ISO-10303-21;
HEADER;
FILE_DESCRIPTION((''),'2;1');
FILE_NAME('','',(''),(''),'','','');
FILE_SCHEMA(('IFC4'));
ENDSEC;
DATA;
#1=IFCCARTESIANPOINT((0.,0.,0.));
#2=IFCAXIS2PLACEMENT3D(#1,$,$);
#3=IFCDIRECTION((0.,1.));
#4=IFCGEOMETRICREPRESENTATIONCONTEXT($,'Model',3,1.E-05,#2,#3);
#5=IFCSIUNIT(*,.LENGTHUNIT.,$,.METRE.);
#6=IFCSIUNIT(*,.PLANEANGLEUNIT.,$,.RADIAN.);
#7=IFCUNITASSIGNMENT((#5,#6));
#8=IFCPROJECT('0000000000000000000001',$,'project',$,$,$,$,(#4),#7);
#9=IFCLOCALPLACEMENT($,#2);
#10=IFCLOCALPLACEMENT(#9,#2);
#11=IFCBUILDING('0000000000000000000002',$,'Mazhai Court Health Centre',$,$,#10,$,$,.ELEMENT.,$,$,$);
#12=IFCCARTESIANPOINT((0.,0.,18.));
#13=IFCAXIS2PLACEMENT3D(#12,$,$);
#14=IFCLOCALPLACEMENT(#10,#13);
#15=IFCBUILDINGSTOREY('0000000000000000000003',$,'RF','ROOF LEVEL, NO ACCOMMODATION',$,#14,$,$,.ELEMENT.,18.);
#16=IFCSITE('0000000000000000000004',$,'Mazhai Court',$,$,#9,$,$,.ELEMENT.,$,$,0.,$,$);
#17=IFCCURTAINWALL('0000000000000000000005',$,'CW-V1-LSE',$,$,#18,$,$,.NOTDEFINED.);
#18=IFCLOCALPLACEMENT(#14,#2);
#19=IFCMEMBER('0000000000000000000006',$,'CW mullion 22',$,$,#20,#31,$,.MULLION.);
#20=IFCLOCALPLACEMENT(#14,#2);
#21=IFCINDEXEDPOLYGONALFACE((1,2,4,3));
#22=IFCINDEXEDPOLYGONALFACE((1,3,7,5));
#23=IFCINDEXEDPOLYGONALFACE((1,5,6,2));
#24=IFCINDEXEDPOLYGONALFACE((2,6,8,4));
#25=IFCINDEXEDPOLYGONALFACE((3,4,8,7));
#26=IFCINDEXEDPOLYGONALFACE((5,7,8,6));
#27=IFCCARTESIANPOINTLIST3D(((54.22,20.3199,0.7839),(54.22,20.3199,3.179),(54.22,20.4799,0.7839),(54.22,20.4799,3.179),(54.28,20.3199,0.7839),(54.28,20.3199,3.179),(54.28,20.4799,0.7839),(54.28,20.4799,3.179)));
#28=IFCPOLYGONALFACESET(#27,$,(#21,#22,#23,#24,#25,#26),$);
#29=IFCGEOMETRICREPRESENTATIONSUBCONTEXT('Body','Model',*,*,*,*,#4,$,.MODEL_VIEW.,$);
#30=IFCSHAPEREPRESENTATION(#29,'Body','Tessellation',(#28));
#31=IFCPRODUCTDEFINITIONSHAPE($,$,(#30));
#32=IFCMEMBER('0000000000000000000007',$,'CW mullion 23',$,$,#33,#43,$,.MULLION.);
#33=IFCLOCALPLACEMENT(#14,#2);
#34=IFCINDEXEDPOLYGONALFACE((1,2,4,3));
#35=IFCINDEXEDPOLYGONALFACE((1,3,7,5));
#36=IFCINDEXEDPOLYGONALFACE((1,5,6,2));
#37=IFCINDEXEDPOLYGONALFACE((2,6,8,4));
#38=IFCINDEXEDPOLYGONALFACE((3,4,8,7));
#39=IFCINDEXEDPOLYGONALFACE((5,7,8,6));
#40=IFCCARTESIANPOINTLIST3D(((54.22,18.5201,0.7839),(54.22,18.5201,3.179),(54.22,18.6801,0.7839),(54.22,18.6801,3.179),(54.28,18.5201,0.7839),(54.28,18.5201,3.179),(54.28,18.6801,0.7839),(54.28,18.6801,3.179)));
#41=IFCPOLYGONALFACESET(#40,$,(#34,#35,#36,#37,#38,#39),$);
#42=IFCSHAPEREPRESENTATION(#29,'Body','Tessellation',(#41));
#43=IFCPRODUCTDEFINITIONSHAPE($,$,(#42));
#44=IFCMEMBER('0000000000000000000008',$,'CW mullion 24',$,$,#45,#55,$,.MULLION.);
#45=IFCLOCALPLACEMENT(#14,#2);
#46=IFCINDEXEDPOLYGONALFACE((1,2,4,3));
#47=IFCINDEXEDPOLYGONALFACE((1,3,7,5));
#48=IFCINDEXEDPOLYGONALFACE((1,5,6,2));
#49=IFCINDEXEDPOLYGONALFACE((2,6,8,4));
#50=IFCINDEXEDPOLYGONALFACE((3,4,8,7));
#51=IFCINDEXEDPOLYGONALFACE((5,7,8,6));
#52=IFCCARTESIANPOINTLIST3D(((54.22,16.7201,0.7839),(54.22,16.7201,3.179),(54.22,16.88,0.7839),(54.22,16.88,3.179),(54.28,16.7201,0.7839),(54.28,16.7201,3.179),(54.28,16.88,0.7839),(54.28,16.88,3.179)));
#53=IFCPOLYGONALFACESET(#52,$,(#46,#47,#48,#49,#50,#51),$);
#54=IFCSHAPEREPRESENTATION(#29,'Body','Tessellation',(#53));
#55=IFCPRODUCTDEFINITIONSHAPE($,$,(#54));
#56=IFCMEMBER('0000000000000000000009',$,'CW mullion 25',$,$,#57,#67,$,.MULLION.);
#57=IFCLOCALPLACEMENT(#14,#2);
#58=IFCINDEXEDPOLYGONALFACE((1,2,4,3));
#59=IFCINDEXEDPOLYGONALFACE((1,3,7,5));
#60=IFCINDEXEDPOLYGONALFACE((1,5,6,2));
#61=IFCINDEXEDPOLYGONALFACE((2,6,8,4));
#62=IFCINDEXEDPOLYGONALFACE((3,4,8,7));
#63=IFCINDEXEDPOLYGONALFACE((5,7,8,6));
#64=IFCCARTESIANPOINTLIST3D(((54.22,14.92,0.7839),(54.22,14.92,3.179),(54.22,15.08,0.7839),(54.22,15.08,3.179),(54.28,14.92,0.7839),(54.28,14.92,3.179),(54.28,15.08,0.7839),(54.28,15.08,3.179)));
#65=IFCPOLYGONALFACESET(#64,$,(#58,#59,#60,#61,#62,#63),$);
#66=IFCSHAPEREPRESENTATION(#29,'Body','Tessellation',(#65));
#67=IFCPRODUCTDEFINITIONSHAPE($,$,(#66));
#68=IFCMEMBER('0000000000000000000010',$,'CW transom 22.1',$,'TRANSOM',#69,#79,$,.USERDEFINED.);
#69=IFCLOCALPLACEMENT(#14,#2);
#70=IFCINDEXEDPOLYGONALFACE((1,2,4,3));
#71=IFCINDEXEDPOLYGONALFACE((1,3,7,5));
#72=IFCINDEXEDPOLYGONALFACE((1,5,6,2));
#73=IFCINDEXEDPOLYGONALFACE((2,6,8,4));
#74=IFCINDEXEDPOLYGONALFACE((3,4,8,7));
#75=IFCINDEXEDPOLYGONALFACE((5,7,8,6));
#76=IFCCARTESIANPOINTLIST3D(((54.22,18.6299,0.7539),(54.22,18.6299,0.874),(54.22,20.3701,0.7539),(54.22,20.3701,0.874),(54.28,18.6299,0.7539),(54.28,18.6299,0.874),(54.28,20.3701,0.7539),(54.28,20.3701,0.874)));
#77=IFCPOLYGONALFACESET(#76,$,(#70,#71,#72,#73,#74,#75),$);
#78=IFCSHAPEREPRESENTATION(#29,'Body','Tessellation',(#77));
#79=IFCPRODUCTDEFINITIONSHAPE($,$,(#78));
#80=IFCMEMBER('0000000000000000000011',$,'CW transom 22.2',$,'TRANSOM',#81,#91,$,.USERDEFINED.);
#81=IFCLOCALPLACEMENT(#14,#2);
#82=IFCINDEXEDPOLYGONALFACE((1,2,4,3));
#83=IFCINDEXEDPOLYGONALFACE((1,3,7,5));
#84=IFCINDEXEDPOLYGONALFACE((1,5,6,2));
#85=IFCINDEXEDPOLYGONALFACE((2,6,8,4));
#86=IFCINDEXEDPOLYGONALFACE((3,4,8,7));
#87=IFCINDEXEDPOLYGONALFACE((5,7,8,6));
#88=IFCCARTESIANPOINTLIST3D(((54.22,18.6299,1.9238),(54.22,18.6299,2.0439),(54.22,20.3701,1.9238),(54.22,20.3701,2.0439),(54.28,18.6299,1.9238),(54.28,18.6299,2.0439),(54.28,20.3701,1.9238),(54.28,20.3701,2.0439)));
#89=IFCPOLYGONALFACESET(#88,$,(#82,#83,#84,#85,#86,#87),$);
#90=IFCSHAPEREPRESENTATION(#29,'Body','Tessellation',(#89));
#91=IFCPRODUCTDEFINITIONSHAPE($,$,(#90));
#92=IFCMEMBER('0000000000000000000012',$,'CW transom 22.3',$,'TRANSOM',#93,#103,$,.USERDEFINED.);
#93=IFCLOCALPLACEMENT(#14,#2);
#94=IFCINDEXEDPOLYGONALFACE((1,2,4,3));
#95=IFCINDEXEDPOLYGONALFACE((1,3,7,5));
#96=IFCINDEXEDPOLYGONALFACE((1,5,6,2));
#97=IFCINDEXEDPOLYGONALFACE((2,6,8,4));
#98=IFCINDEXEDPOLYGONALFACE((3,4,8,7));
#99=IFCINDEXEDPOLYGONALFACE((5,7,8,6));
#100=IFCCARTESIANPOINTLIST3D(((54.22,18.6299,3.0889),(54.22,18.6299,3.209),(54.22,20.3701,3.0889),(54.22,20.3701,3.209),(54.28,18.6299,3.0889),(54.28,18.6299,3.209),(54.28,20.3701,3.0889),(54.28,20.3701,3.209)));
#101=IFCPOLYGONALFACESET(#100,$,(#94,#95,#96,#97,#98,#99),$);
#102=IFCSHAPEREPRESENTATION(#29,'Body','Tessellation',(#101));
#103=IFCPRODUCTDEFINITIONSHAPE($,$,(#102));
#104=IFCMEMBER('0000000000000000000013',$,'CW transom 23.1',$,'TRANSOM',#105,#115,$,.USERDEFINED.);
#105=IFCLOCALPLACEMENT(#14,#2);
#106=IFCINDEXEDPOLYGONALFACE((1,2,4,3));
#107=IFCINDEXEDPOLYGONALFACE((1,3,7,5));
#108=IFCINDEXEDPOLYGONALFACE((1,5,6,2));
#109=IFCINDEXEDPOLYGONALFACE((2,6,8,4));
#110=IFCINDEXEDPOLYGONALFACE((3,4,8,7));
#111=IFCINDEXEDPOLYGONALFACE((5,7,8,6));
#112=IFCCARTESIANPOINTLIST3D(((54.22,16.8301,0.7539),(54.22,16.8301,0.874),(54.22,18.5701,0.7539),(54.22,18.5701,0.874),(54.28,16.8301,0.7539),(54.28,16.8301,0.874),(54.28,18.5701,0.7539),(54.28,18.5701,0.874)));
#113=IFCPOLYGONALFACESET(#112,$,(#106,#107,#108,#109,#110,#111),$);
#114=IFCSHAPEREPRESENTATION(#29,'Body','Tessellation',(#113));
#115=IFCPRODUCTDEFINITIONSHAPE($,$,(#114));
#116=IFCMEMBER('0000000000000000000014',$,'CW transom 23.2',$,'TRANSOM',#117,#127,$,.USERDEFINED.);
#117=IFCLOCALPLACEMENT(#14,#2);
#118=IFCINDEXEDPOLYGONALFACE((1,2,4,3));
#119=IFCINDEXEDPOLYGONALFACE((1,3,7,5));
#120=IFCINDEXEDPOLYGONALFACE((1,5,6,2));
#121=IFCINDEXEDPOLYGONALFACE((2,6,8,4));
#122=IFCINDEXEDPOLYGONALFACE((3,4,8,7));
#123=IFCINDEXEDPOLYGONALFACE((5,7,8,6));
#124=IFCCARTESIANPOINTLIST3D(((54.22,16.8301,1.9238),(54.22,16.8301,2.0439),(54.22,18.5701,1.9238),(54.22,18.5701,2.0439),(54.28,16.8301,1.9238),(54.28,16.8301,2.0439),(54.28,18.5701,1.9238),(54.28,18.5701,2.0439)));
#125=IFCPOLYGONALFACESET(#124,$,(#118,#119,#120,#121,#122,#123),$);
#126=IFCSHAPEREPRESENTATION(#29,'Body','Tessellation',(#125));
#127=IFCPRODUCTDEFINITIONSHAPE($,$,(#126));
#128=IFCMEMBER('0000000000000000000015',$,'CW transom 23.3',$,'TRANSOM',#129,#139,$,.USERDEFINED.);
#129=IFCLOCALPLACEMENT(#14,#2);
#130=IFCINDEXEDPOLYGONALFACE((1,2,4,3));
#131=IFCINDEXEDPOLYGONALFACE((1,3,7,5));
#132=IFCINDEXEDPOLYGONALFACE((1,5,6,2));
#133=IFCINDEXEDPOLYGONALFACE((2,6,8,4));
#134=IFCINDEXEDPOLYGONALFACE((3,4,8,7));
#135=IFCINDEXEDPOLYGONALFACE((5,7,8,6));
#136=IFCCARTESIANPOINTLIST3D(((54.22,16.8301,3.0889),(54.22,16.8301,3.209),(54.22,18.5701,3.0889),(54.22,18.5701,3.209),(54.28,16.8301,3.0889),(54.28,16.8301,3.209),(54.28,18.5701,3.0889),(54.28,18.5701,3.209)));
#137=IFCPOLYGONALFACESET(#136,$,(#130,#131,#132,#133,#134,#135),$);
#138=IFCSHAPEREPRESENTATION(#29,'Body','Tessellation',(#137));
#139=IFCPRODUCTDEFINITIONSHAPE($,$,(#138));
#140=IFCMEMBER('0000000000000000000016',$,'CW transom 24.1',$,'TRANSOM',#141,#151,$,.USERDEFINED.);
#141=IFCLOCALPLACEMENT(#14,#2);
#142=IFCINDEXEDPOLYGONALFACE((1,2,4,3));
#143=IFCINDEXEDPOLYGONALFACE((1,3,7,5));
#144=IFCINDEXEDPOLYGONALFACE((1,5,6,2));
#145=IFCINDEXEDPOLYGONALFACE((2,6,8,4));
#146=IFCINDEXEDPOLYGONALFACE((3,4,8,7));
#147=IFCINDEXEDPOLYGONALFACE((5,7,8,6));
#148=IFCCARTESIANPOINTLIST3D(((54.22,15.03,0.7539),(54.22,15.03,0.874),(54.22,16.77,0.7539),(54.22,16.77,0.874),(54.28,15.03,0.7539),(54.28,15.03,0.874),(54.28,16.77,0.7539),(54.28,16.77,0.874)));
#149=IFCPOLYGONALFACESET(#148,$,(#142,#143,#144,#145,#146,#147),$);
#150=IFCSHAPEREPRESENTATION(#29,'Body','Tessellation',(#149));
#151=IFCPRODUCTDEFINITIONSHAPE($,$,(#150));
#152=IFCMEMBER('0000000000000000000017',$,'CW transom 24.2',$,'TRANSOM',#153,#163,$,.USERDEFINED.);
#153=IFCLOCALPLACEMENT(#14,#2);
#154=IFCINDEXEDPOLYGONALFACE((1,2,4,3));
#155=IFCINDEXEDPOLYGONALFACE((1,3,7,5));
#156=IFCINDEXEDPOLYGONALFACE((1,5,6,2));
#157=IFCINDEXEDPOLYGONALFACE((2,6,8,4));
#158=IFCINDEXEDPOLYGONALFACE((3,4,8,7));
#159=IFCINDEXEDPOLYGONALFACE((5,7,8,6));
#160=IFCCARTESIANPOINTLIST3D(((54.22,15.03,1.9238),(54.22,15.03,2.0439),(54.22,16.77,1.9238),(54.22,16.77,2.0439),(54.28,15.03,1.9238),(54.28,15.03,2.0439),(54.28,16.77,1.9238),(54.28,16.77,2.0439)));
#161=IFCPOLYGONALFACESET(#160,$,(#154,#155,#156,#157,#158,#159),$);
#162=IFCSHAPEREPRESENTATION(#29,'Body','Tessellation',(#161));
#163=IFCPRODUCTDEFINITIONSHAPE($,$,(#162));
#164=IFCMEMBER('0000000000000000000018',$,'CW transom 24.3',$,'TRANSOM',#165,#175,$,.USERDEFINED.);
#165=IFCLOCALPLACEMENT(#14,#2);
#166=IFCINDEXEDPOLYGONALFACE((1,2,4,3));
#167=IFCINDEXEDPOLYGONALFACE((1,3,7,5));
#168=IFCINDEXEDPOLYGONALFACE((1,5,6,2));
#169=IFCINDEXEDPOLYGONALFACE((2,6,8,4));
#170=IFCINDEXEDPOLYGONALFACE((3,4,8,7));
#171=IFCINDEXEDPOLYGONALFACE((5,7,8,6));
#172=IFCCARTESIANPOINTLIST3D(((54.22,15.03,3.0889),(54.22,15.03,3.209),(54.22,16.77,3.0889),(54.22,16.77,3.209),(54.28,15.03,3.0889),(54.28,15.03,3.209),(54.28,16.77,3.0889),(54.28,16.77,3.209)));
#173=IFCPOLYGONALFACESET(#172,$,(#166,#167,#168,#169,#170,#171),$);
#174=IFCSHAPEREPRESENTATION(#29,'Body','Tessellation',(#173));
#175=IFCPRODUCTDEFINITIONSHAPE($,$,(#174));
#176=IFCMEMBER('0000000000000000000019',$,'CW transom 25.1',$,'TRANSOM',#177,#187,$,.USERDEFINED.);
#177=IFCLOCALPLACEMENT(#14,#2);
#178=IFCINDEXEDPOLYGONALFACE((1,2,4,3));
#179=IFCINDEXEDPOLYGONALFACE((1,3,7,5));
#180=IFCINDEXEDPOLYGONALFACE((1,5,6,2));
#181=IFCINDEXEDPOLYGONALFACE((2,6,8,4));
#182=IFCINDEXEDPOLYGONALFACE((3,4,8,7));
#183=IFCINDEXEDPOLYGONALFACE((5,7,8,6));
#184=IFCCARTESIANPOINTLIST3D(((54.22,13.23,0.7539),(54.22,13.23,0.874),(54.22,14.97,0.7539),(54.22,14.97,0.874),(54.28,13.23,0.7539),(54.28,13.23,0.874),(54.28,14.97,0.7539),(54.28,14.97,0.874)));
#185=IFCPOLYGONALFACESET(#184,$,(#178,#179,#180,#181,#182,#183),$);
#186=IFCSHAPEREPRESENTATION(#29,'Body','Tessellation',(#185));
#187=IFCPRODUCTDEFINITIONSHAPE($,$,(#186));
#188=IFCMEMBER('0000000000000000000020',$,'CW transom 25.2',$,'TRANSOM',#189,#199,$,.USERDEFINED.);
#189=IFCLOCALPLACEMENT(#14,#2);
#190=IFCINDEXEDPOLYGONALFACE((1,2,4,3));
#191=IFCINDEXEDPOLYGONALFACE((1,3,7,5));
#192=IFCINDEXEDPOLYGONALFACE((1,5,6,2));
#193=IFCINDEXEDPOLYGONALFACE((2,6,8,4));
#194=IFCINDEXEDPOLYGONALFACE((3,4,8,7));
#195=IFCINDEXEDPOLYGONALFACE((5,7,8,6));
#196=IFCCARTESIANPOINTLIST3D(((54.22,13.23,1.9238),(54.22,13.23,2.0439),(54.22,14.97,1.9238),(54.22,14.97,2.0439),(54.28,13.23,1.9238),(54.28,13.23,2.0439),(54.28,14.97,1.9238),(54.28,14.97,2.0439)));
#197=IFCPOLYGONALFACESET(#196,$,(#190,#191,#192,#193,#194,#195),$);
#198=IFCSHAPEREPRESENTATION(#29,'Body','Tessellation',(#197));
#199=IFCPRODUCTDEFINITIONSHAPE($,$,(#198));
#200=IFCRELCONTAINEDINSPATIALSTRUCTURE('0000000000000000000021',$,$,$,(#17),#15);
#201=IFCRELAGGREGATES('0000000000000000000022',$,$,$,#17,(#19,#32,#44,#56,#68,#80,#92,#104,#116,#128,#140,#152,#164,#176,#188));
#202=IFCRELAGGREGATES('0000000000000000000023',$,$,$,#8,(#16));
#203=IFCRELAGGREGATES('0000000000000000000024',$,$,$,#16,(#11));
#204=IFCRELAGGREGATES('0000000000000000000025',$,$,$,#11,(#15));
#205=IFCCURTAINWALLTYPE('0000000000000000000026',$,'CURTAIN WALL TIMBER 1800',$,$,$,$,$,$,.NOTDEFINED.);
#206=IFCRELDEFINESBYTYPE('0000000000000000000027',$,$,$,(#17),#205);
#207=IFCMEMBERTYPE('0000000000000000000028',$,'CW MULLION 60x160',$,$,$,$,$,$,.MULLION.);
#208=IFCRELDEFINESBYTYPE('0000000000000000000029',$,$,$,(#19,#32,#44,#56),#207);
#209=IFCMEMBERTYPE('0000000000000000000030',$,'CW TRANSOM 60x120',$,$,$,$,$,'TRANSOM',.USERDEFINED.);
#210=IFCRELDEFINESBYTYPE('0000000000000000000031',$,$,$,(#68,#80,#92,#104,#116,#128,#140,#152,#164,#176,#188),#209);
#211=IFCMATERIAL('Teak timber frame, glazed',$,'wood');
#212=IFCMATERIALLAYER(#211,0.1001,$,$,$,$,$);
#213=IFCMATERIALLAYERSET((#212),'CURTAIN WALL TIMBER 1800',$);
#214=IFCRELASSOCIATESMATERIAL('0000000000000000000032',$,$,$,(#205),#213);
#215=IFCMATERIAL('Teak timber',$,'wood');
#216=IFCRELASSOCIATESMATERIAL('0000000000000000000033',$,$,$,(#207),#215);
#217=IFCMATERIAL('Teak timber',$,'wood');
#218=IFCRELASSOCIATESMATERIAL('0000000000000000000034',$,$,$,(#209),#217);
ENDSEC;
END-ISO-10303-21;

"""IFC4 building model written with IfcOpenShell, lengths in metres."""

from ifc_helpers import new_model, si_unit, direction, frame, origin, origin_2d, place, context, subcontext, project, spatial, rectangle, extrude, material, layer, layer_set, material_profile, profile_set, type_object, element, aggregate, save


model = new_model("IFC4")

# Units and contexts
model_context = context("Model", 3, precision=1e-05, world=origin(), true_north=direction((0.0, 1.0)))
body_context = subcontext(model_context, "Body", "Model", "MODEL_VIEW")
ifc_project = project(units=[si_unit("LENGTHUNIT", "METRE"), si_unit("PLANEANGLEUNIT", "RADIAN")], contexts=[model_context])

# Site, building, storey
site_placement = place(None, origin())
site = spatial("IfcSite", under=ifc_project, at=site_placement, Name="Mazhai Court", CompositionType="ELEMENT", RefElevation=0.0)
building_placement = place(site_placement, origin())
building = spatial("IfcBuilding", under=site, at=building_placement, Name="Mazhai Court Health Centre", CompositionType="ELEMENT")
storey_placement = place(building_placement, frame((0.0, 0.0, 18.0)))
storey = spatial("IfcBuildingStorey", under=building, at=storey_placement, Name="RF", Description="ROOF LEVEL, NO ACCOMMODATION", CompositionType="ELEMENT", Elevation=18.0)

# Curtain wall, members
ifc_material_1 = material(Name="Teak timber frame, glazed", Category="wood")
ifc_layer_1 = layer(ifc_material_1, 0.1001)
ifc_layer_set_1 = layer_set([ifc_layer_1], Name="CURTAIN WALL TIMBER 1800")
curtain_wall_type = type_object("IfcCurtainWallType", Name="CURTAIN WALL TIMBER 1800", PredefinedType="NOTDEFINED", material=ifc_layer_set_1)
curtain_wall_placement = place(storey_placement, origin())
curtain_wall = element("IfcCurtainWall", 1, at=curtain_wall_placement, inside=storey, type_object=curtain_wall_type, Name="CW-V1-LSE", PredefinedType="NOTDEFINED")
ifc_material_2 = material(Name="Teak timber", Category="wood")
ifc_material_profile_1 = material_profile(ifc_material_2, rectangle(XDim=0.0601, YDim=0.1599, at=origin_2d()), Name="CW MULLION 60x160")
ifc_profile_set_1 = profile_set([ifc_material_profile_1], Name="Teak timber")
member_type_1 = type_object("IfcMemberType", Name="CW MULLION 60x160", PredefinedType="MULLION", material=ifc_profile_set_1)
member_1_placement = place(storey_placement, frame((54.25, 20.3999, 0.7839), z_axis=(0.0, 0.0, 1.0), x_axis=(1.0, 0.0, 0.0)))
member_1 = element("IfcMember", 2, at=member_1_placement, type_object=member_type_1, Name="CW mullion 22", PredefinedType="MULLION", context=body_context, shape_type="SweptSolid", body=[
    extrude(rectangle(XDim=0.0601, YDim=0.1599, at=origin_2d()), origin(), (0.0, 0.0, 1.0), 2.395),
])
member_2_placement = place(storey_placement, frame((54.25, 18.6001, 0.7839), z_axis=(0.0, 0.0, 1.0), x_axis=(1.0, 0.0, 0.0)))
member_2 = element("IfcMember", 3, at=member_2_placement, type_object=member_type_1, Name="CW mullion 23", PredefinedType="MULLION", context=body_context, shape_type="SweptSolid", body=[
    extrude(rectangle(XDim=0.0601, YDim=0.1599, at=origin_2d()), origin(), (0.0, 0.0, 1.0), 2.395),
])
member_3_placement = place(storey_placement, frame((54.25, 16.8, 0.7839), z_axis=(0.0, 0.0, 1.0), x_axis=(1.0, 0.0, 0.0)))
member_3 = element("IfcMember", 4, at=member_3_placement, type_object=member_type_1, Name="CW mullion 24", PredefinedType="MULLION", context=body_context, shape_type="SweptSolid", body=[
    extrude(rectangle(XDim=0.0601, YDim=0.1599, at=origin_2d()), origin(), (0.0, 0.0, 1.0), 2.395),
])
member_4_placement = place(storey_placement, frame((54.25, 15.0, 0.7839), z_axis=(0.0, 0.0, 1.0), x_axis=(1.0, 0.0, 0.0)))
member_4 = element("IfcMember", 5, at=member_4_placement, type_object=member_type_1, Name="CW mullion 25", PredefinedType="MULLION", context=body_context, shape_type="SweptSolid", body=[
    extrude(rectangle(XDim=0.0601, YDim=0.1599, at=origin_2d()), origin(), (0.0, 0.0, 1.0), 2.395),
])
ifc_material_3 = material(Name="Teak timber", Category="wood")
ifc_material_profile_2 = material_profile(ifc_material_3, rectangle(XDim=0.0601, YDim=0.1201, at=origin_2d()), Name="CW TRANSOM 60x120")
ifc_profile_set_2 = profile_set([ifc_material_profile_2], Name="Teak timber")
member_type_2 = type_object("IfcMemberType", Name="CW TRANSOM 60x120", ElementType="TRANSOM", PredefinedType="USERDEFINED", material=ifc_profile_set_2)
member_5_placement = place(storey_placement, frame((54.25, 20.3701, 0.814), z_axis=(0.0, -1.0, 0.0), x_axis=(1.0, 0.0, 0.0)))
member_5 = element("IfcMember", 6, at=member_5_placement, type_object=member_type_2, Name="CW transom 22.1", ObjectType="TRANSOM", PredefinedType="USERDEFINED", context=body_context, shape_type="SweptSolid", body=[
    extrude(rectangle(XDim=0.0601, YDim=0.1201, at=origin_2d()), origin(), (0.0, 0.0, 1.0), 1.7402),
])
member_6_placement = place(storey_placement, frame((54.25, 20.3701, 1.9839), z_axis=(0.0, -1.0, 0.0), x_axis=(1.0, 0.0, 0.0)))
member_6 = element("IfcMember", 7, at=member_6_placement, type_object=member_type_2, Name="CW transom 22.2", ObjectType="TRANSOM", PredefinedType="USERDEFINED", context=body_context, shape_type="SweptSolid", body=[
    extrude(rectangle(XDim=0.0601, YDim=0.1201, at=origin_2d()), origin(), (0.0, 0.0, 1.0), 1.7402),
])
member_7_placement = place(storey_placement, frame((54.25, 20.3701, 3.1489), z_axis=(0.0, -1.0, 0.0), x_axis=(1.0, 0.0, 0.0)))
member_7 = element("IfcMember", 8, at=member_7_placement, type_object=member_type_2, Name="CW transom 22.3", ObjectType="TRANSOM", PredefinedType="USERDEFINED", context=body_context, shape_type="SweptSolid", body=[
    extrude(rectangle(XDim=0.0601, YDim=0.1201, at=origin_2d()), origin(), (0.0, 0.0, 1.0), 1.7402),
])
member_8_placement = place(storey_placement, frame((54.25, 18.5701, 0.814), z_axis=(0.0, -1.0, 0.0), x_axis=(1.0, 0.0, 0.0)))
member_8 = element("IfcMember", 9, at=member_8_placement, type_object=member_type_2, Name="CW transom 23.1", ObjectType="TRANSOM", PredefinedType="USERDEFINED", context=body_context, shape_type="SweptSolid", body=[
    extrude(rectangle(XDim=0.0601, YDim=0.1201, at=origin_2d()), origin(), (0.0, 0.0, 1.0), 1.74),
])
member_9_placement = place(storey_placement, frame((54.25, 18.5701, 1.9839), z_axis=(0.0, -1.0, 0.0), x_axis=(1.0, 0.0, 0.0)))
member_9 = element("IfcMember", 10, at=member_9_placement, type_object=member_type_2, Name="CW transom 23.2", ObjectType="TRANSOM", PredefinedType="USERDEFINED", context=body_context, shape_type="SweptSolid", body=[
    extrude(rectangle(XDim=0.0601, YDim=0.1201, at=origin_2d()), origin(), (0.0, 0.0, 1.0), 1.74),
])
member_10_placement = place(storey_placement, frame((54.25, 18.5701, 3.1489), z_axis=(0.0, -1.0, 0.0), x_axis=(1.0, 0.0, 0.0)))
member_10 = element("IfcMember", 11, at=member_10_placement, type_object=member_type_2, Name="CW transom 23.3", ObjectType="TRANSOM", PredefinedType="USERDEFINED", context=body_context, shape_type="SweptSolid", body=[
    extrude(rectangle(XDim=0.0601, YDim=0.1201, at=origin_2d()), origin(), (0.0, 0.0, 1.0), 1.74),
])
member_11_placement = place(storey_placement, frame((54.25, 16.77, 0.814), z_axis=(0.0, -1.0, 0.0), x_axis=(1.0, 0.0, 0.0)))
member_11 = element("IfcMember", 12, at=member_11_placement, type_object=member_type_2, Name="CW transom 24.1", ObjectType="TRANSOM", PredefinedType="USERDEFINED", context=body_context, shape_type="SweptSolid", body=[
    extrude(rectangle(XDim=0.0601, YDim=0.1201, at=origin_2d()), origin(), (0.0, 0.0, 1.0), 1.74),
])
member_12_placement = place(storey_placement, frame((54.25, 16.77, 1.9839), z_axis=(0.0, -1.0, 0.0), x_axis=(1.0, 0.0, 0.0)))
member_12 = element("IfcMember", 13, at=member_12_placement, type_object=member_type_2, Name="CW transom 24.2", ObjectType="TRANSOM", PredefinedType="USERDEFINED", context=body_context, shape_type="SweptSolid", body=[
    extrude(rectangle(XDim=0.0601, YDim=0.1201, at=origin_2d()), origin(), (0.0, 0.0, 1.0), 1.74),
])
member_13_placement = place(storey_placement, frame((54.25, 16.77, 3.1489), z_axis=(0.0, -1.0, 0.0), x_axis=(1.0, 0.0, 0.0)))
member_13 = element("IfcMember", 14, at=member_13_placement, type_object=member_type_2, Name="CW transom 24.3", ObjectType="TRANSOM", PredefinedType="USERDEFINED", context=body_context, shape_type="SweptSolid", body=[
    extrude(rectangle(XDim=0.0601, YDim=0.1201, at=origin_2d()), origin(), (0.0, 0.0, 1.0), 1.74),
])
member_14_placement = place(storey_placement, frame((54.25, 14.97, 0.814), z_axis=(0.0, -1.0, 0.0), x_axis=(1.0, 0.0, 0.0)))
member_14 = element("IfcMember", 15, at=member_14_placement, type_object=member_type_2, Name="CW transom 25.1", ObjectType="TRANSOM", PredefinedType="USERDEFINED", context=body_context, shape_type="SweptSolid", body=[
    extrude(rectangle(XDim=0.0601, YDim=0.1201, at=origin_2d()), origin(), (0.0, 0.0, 1.0), 1.74),
])
member_15_placement = place(storey_placement, frame((54.25, 14.97, 1.9839), z_axis=(0.0, -1.0, 0.0), x_axis=(1.0, 0.0, 0.0)))
member_15 = element("IfcMember", 16, at=member_15_placement, type_object=member_type_2, Name="CW transom 25.2", ObjectType="TRANSOM", PredefinedType="USERDEFINED", context=body_context, shape_type="SweptSolid", body=[
    extrude(rectangle(XDim=0.0601, YDim=0.1201, at=origin_2d()), origin(), (0.0, 0.0, 1.0), 1.74),
])
aggregate(curtain_wall, [member_1, member_2, member_3, member_4, member_5, member_6, member_7, member_8, member_9, member_10, member_11, member_12, member_13, member_14, member_15])

save(model, "model.ifc")
